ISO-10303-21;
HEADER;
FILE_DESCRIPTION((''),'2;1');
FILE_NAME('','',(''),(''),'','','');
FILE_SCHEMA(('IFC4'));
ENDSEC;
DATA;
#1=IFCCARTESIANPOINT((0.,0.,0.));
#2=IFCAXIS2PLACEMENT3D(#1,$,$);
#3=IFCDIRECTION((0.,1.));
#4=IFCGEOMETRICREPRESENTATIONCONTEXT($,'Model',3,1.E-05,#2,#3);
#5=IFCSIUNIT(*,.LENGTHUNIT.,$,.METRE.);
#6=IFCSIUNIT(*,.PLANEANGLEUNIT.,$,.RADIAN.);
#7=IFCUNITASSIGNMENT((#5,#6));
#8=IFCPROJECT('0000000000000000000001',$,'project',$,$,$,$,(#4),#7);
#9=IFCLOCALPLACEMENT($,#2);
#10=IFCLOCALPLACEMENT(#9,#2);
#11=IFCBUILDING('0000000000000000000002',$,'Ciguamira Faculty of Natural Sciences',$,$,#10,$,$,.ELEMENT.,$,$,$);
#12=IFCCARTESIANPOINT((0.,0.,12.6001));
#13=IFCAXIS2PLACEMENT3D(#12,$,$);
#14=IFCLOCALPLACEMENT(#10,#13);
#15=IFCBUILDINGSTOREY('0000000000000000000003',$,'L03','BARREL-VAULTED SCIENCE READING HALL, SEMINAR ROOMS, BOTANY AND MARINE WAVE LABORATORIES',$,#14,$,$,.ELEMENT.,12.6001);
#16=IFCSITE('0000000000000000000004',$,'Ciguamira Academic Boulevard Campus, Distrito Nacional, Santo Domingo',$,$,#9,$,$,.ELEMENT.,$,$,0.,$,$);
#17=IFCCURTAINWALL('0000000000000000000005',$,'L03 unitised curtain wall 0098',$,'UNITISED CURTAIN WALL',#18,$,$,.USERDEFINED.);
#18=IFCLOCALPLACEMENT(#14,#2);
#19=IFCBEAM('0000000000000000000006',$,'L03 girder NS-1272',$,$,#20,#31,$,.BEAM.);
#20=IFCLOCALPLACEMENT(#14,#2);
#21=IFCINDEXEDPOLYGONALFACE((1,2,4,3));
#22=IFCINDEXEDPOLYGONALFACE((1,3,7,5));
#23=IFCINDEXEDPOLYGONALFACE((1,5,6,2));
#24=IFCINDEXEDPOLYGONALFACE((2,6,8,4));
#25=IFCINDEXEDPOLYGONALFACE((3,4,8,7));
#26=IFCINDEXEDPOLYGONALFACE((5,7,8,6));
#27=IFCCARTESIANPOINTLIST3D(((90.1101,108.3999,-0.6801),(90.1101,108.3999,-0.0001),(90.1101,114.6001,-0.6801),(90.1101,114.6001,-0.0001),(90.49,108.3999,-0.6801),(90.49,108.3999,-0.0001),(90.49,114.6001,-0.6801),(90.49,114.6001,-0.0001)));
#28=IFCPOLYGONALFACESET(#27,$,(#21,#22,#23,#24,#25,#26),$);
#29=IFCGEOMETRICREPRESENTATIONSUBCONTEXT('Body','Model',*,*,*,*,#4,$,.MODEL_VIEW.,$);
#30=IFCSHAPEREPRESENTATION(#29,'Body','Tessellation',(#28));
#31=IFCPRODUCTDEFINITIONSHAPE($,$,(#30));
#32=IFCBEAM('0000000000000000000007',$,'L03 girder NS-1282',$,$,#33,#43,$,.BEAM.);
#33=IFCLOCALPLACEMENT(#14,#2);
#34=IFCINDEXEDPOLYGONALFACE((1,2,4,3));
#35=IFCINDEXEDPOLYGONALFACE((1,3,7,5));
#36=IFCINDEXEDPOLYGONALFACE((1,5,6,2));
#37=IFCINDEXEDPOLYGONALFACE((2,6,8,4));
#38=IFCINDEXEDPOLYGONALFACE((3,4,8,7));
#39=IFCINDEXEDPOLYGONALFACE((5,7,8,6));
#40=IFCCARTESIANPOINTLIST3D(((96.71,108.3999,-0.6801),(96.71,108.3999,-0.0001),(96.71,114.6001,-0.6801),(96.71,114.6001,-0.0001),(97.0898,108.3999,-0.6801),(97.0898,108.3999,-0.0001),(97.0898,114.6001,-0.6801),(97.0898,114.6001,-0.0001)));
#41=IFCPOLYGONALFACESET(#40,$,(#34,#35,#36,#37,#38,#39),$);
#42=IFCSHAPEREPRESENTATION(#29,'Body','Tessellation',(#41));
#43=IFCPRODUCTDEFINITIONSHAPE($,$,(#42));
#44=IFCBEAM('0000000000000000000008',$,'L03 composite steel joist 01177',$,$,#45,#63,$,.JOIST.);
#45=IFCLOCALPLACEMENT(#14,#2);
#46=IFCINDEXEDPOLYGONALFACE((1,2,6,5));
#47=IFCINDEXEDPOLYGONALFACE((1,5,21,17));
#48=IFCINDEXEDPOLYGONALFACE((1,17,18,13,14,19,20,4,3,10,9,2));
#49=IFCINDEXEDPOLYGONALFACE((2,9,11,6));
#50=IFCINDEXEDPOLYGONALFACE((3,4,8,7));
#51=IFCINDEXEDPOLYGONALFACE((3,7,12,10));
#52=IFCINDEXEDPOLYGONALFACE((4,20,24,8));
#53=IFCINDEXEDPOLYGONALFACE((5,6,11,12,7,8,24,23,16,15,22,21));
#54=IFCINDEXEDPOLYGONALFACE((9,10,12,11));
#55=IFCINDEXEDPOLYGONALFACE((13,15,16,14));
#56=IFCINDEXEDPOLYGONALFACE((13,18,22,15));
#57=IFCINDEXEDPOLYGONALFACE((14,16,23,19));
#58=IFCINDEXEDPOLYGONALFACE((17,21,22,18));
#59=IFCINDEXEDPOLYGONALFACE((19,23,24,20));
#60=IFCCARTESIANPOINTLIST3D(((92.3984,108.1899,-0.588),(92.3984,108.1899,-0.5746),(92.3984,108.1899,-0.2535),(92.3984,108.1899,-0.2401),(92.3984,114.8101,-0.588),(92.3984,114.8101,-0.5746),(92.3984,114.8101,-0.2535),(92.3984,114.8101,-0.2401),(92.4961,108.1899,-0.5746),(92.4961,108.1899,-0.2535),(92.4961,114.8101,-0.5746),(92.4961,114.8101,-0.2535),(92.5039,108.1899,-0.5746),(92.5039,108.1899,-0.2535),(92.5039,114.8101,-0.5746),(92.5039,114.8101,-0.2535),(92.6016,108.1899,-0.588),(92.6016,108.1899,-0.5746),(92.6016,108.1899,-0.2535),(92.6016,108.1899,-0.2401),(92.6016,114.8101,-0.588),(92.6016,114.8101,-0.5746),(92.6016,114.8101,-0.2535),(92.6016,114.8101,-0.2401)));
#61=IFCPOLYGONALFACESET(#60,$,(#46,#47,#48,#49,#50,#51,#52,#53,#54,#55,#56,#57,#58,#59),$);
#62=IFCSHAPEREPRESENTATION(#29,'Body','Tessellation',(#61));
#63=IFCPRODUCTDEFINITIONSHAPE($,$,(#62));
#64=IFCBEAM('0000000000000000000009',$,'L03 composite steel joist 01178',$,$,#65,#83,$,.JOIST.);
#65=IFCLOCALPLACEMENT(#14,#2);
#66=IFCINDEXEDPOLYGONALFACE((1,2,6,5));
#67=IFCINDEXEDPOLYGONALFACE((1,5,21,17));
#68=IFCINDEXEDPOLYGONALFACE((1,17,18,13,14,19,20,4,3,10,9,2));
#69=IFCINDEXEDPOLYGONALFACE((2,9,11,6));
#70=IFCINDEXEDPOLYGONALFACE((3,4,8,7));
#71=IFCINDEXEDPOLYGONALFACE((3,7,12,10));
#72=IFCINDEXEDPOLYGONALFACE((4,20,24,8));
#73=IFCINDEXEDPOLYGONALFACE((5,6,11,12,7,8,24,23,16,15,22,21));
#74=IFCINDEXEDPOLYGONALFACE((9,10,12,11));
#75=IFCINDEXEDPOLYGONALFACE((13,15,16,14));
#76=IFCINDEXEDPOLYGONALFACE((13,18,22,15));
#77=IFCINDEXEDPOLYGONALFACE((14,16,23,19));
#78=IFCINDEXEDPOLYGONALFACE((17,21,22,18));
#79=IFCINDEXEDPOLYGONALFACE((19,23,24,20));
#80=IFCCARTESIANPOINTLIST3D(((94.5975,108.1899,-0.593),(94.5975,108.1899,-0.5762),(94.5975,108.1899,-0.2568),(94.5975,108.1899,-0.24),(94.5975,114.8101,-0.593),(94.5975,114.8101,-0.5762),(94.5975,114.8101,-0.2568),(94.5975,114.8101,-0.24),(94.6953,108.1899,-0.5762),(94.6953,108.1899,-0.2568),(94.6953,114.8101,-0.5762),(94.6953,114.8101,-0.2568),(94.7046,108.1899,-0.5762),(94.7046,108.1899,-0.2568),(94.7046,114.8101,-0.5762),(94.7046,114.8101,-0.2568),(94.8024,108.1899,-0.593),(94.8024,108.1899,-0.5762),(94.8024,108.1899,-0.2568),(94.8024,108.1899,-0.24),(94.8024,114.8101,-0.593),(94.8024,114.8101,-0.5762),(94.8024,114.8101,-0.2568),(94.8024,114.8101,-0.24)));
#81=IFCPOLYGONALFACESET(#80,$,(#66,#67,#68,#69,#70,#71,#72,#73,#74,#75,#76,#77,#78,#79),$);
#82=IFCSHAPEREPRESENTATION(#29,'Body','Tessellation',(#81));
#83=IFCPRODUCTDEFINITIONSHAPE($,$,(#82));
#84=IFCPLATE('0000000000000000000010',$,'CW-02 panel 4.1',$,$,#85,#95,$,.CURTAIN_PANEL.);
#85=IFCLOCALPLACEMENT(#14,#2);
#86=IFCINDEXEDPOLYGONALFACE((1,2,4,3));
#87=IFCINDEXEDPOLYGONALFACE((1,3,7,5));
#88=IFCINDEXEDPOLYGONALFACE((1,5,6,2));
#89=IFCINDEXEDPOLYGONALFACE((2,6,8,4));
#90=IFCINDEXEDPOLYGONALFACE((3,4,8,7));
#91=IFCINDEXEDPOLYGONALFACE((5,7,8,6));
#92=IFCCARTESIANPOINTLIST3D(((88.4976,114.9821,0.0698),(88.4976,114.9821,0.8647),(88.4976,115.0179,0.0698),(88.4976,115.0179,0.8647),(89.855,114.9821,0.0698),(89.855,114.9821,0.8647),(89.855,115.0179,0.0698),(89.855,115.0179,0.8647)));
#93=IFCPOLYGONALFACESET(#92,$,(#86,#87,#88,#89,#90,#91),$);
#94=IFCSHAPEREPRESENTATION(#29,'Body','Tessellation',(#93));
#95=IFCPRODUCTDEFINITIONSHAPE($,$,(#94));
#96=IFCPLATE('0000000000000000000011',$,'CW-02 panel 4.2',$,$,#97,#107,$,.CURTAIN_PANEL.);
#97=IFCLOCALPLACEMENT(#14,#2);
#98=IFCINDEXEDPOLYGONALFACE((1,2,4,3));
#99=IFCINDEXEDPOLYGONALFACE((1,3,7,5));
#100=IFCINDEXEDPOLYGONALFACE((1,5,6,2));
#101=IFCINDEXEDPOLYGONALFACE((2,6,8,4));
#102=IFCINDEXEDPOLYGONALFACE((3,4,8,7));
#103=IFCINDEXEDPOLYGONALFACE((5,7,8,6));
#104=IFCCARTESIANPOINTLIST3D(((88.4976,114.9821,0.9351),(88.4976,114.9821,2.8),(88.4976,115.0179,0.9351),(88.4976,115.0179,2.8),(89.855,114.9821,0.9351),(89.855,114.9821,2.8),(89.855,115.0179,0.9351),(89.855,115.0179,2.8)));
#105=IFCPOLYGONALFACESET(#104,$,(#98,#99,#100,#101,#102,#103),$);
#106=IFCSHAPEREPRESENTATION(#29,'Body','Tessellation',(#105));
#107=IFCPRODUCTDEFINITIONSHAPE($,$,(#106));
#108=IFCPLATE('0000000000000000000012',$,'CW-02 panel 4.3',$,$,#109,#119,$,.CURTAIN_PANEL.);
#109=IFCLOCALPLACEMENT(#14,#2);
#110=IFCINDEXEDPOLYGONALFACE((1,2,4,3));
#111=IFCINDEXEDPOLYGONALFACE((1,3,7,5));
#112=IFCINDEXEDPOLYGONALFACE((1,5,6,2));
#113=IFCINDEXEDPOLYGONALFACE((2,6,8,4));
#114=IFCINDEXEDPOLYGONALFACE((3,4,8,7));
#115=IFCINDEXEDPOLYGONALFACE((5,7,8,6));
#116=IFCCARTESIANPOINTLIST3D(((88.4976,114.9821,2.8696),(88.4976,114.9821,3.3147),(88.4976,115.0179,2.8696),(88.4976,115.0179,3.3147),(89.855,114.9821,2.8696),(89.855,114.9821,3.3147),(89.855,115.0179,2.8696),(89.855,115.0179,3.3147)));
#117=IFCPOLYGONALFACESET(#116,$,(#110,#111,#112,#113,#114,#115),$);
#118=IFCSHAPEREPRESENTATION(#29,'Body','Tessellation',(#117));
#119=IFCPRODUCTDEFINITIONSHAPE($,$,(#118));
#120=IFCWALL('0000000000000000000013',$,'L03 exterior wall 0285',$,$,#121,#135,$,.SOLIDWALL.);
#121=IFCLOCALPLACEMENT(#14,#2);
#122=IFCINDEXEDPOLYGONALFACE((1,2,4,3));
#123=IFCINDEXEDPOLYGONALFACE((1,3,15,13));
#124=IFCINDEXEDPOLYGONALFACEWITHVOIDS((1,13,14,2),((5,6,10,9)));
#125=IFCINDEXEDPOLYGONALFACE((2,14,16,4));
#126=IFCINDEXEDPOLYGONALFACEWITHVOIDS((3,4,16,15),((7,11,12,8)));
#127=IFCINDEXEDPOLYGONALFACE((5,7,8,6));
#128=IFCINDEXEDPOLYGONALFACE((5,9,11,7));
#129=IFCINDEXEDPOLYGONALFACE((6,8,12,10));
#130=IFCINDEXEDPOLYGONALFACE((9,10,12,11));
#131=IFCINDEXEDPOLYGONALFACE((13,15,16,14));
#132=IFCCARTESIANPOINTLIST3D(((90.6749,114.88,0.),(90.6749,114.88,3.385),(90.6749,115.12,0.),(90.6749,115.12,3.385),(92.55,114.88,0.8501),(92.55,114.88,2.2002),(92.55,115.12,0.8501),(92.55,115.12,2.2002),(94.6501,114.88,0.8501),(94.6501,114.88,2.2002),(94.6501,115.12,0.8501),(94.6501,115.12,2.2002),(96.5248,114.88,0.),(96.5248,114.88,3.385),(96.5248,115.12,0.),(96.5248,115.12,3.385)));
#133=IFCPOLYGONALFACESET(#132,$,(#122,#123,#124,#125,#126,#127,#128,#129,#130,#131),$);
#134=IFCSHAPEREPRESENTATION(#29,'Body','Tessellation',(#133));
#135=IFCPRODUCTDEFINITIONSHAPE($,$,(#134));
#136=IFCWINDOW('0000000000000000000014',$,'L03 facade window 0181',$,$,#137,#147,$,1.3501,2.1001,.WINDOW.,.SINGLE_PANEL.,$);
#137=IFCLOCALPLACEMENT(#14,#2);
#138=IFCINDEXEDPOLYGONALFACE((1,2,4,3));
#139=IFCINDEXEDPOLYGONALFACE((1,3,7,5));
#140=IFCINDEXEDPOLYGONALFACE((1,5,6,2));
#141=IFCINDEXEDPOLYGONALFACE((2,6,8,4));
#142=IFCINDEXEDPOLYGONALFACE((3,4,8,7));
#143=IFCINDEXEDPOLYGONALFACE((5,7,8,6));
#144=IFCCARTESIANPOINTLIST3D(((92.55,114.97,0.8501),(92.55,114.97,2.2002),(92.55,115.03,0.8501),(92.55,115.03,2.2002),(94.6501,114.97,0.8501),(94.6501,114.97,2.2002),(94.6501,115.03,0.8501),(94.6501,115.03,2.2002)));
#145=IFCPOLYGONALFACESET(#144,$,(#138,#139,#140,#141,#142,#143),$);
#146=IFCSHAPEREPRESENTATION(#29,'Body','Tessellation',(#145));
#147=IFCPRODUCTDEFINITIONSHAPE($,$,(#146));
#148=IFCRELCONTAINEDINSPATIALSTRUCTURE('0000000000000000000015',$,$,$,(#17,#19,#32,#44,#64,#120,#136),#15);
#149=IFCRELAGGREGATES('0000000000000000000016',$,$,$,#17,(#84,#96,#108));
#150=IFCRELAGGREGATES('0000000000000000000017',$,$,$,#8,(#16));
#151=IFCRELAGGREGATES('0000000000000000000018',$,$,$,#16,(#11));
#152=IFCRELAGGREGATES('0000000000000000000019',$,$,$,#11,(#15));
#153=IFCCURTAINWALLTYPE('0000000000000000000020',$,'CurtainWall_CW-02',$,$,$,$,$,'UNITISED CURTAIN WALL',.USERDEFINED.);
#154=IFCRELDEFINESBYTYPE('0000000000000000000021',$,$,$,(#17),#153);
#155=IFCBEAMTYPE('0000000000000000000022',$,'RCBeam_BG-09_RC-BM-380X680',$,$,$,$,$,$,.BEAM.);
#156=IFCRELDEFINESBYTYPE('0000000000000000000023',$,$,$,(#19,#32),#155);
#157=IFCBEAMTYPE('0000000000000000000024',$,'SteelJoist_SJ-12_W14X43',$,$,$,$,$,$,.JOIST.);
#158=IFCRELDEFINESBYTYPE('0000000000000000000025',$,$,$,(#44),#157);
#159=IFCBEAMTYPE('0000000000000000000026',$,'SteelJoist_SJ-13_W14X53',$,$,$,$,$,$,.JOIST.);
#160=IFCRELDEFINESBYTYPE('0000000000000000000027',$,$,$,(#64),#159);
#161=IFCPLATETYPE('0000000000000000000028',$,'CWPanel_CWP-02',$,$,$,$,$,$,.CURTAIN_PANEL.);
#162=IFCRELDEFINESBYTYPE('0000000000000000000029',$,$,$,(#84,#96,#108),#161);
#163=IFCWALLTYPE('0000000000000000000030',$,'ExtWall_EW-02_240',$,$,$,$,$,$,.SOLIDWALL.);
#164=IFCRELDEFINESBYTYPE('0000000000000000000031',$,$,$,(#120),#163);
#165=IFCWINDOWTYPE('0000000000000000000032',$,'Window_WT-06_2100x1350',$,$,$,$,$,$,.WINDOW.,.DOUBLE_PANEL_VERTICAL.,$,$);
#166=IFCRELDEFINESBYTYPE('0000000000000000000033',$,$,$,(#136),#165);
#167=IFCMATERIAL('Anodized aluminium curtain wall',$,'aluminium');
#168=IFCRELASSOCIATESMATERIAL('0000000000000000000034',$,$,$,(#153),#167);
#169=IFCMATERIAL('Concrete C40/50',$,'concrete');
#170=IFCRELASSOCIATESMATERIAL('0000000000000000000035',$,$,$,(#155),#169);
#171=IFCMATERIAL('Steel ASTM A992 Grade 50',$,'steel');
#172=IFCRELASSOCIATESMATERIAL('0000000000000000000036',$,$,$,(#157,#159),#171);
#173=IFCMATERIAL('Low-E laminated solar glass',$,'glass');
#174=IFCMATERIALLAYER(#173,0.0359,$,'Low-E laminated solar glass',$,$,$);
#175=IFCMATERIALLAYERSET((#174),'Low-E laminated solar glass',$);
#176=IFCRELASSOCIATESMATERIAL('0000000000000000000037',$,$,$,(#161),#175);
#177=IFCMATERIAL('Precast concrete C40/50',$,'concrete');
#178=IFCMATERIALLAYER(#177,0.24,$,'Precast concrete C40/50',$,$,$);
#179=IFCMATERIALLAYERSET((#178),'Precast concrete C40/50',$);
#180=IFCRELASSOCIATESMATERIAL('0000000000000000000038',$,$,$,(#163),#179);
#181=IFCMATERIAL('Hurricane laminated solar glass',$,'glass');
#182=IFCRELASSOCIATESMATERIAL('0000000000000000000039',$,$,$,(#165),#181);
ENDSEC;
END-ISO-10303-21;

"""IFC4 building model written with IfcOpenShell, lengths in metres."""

from ifc_helpers import new_model, si_unit, direction, frame, frame_2d, origin, origin_2d, place, context, subcontext, project, spatial, rectangle, i_section, extrude, material, layer, layer_set, material_profile, profile_set, type_object, element, fill, aggregate, save


model = new_model("IFC4")

# Units and contexts
model_context = context("Model", 3, precision=1e-05, world=origin(), true_north=direction((0.0, 1.0)))
body_context = subcontext(model_context, "Body", "Model", "MODEL_VIEW")
ifc_project = project(units=[si_unit("LENGTHUNIT", "METRE"), si_unit("PLANEANGLEUNIT", "RADIAN")], contexts=[model_context])

# Site, building, storey
site_placement = place(None, origin())
site = spatial("IfcSite", under=ifc_project, at=site_placement, Name="Ciguamira Academic Boulevard Campus, Distrito Nacional, Santo Domingo", CompositionType="ELEMENT", RefElevation=0.0)
building_placement = place(site_placement, origin())
building = spatial("IfcBuilding", under=site, at=building_placement, Name="Ciguamira Faculty of Natural Sciences", CompositionType="ELEMENT")
storey_placement = place(building_placement, frame((0.0, 0.0, 12.6001)))
storey = spatial("IfcBuildingStorey", under=building, at=storey_placement, Name="L03", Description="BARREL-VAULTED SCIENCE READING HALL, SEMINAR ROOMS, BOTANY AND MARINE WAVE LABORATORIES", CompositionType="ELEMENT", Elevation=12.6001)

# Curtain wall
ifc_material_1 = material(Name="Anodized aluminium curtain wall", Category="aluminium")
curtain_wall_type_1 = type_object("IfcCurtainWallType", Name="CurtainWall_CW-02", ElementType="UNITISED CURTAIN WALL", PredefinedType="USERDEFINED", material=ifc_material_1)
curtain_wall_1_placement = place(storey_placement, origin())
curtain_wall_1 = element("IfcCurtainWall", 1, at=curtain_wall_1_placement, inside=storey, type_object=curtain_wall_type_1, Name="L03 unitised curtain wall 0098", ObjectType="UNITISED CURTAIN WALL", PredefinedType="USERDEFINED")

# Beams
ifc_material_2 = material(Name="Concrete C40/50", Category="concrete")
ifc_material_profile_1 = material_profile(ifc_material_2, rectangle(XDim=0.3799, YDim=0.6799, at=origin_2d()), Name="RC-BM-380X680")
ifc_profile_set_1 = profile_set([ifc_material_profile_1], Name="Concrete C40/50")
beam_type_1 = type_object("IfcBeamType", Name="RCBeam_BG-09_RC-BM-380X680", PredefinedType="BEAM", material=ifc_profile_set_1)
for number, where, z_axis, x_axis, name in (
    (2, (90.3, 108.3999, -0.3401), (0.0, 1.0, 0.0), (-1.0, 0.0, 0.0), "L03 girder NS-1272"),
    (3, (96.8999, 108.3999, -0.3401), (0.0, 1.0, 0.0), (-1.0, 0.0, 0.0), "L03 girder NS-1282"),
):
    element("IfcBeam", number, at=place(storey_placement, frame(where, z_axis=z_axis, x_axis=x_axis)), inside=storey, type_object=beam_type_1, Name=name, PredefinedType="BEAM", context=body_context, shape_type="SweptSolid", body=[
        extrude(rectangle(XDim=0.3799, YDim=0.6799, at=origin_2d()), origin(), (0.0, 0.0, 1.0), 6.2002),
    ])
ifc_material_3 = material(Name="Steel ASTM A992 Grade 50", Category="steel")
ifc_material_profile_2 = material_profile(ifc_material_3, i_section(OverallWidth=0.2031, OverallDepth=0.3479, WebThickness=0.0078, FlangeThickness=0.0134, at=origin_2d()), Name="W14X43")
ifc_profile_set_2 = profile_set([ifc_material_profile_2], Name="Steel ASTM A992 Grade 50")
beam_type_2 = type_object("IfcBeamType", Name="SteelJoist_SJ-12_W14X43", PredefinedType="JOIST", material=ifc_profile_set_2)
beam_1_placement = place(storey_placement, frame((92.5, 108.1899, -0.4141), z_axis=(0.0, 1.0, 0.0), x_axis=(-1.0, 0.0, 0.0)))
element("IfcBeam", 4, at=beam_1_placement, inside=storey, type_object=beam_type_2, Name="L03 composite steel joist 01177", PredefinedType="JOIST", context=body_context, shape_type="SweptSolid", body=[
    extrude(i_section(OverallWidth=0.2031, OverallDepth=0.3479, WebThickness=0.0078, FlangeThickness=0.0134, at=origin_2d()), origin(), (0.0, 0.0, 1.0), 6.6201),
])
ifc_material_profile_3 = material_profile(ifc_material_3, i_section(OverallWidth=0.2048, OverallDepth=0.353, WebThickness=0.0093, FlangeThickness=0.0168, at=origin_2d()), Name="W14X53")
ifc_profile_set_3 = profile_set([ifc_material_profile_3], Name="Steel ASTM A992 Grade 50")
beam_type_3 = type_object("IfcBeamType", Name="SteelJoist_SJ-13_W14X53", PredefinedType="JOIST", material=ifc_profile_set_3)
beam_2_placement = place(storey_placement, frame((94.7, 108.1899, -0.4165), z_axis=(0.0, 1.0, 0.0), x_axis=(-1.0, 0.0, 0.0)))
element("IfcBeam", 5, at=beam_2_placement, inside=storey, type_object=beam_type_3, Name="L03 composite steel joist 01178", PredefinedType="JOIST", context=body_context, shape_type="SweptSolid", body=[
    extrude(i_section(OverallWidth=0.2048, OverallDepth=0.353, WebThickness=0.0093, FlangeThickness=0.0168, at=origin_2d()), origin(), (0.0, 0.0, 1.0), 6.6201),
])

# Plates
ifc_material_4 = material(Name="Low-E laminated solar glass", Category="glass")
ifc_layer_1 = layer(ifc_material_4, 0.0359, Name="Low-E laminated solar glass")
ifc_layer_set_1 = layer_set([ifc_layer_1], Name="Low-E laminated solar glass")
plate_type = type_object("IfcPlateType", Name="CWPanel_CWP-02", PredefinedType="CURTAIN_PANEL", material=ifc_layer_set_1)
plate_1_placement = place(storey_placement, frame((89.1763, 115.0, 0.0698), z_axis=(0.0, 0.0, 1.0), x_axis=(1.0, 0.0, 0.0)))
plate_1 = element("IfcPlate", 6, at=plate_1_placement, type_object=plate_type, Name="CW-02 panel 4.1", PredefinedType="CURTAIN_PANEL", context=body_context, shape_type="SweptSolid", body=[
    extrude(rectangle(XDim=1.3574, YDim=0.0359, at=origin_2d()), origin(), (0.0, 0.0, 1.0), 0.7949),
])
plate_2_placement = place(storey_placement, frame((89.1763, 115.0, 0.9351), z_axis=(0.0, 0.0, 1.0), x_axis=(1.0, 0.0, 0.0)))
plate_2 = element("IfcPlate", 7, at=plate_2_placement, type_object=plate_type, Name="CW-02 panel 4.2", PredefinedType="CURTAIN_PANEL", context=body_context, shape_type="SweptSolid", body=[
    extrude(rectangle(XDim=1.3574, YDim=0.0359, at=origin_2d()), origin(), (0.0, 0.0, 1.0), 1.865),
])
plate_3_placement = place(storey_placement, frame((89.1763, 115.0, 2.8696), z_axis=(0.0, 0.0, 1.0), x_axis=(1.0, 0.0, 0.0)))
plate_3 = element("IfcPlate", 8, at=plate_3_placement, type_object=plate_type, Name="CW-02 panel 4.3", PredefinedType="CURTAIN_PANEL", context=body_context, shape_type="SweptSolid", body=[
    extrude(rectangle(XDim=1.3574, YDim=0.0359, at=origin_2d()), origin(), (0.0, 0.0, 1.0), 0.4451),
])
aggregate(curtain_wall_1, [plate_1, plate_2, plate_3])

# Wall, opening, window
ifc_material_5 = material(Name="Precast concrete C40/50", Category="concrete")
ifc_layer_2 = layer(ifc_material_5, 0.24, Name="Precast concrete C40/50")
ifc_layer_set_2 = layer_set([ifc_layer_2], Name="Precast concrete C40/50")
wall_type = type_object("IfcWallType", Name="ExtWall_EW-02_240", PredefinedType="SOLIDWALL", material=ifc_layer_set_2)
wall_placement = place(storey_placement, frame((90.675, 115.0, 0.0), z_axis=(0.0, 0.0, 1.0), x_axis=(1.0, 0.0, 0.0)))
wall = element("IfcWall", 9, at=wall_placement, inside=storey, type_object=wall_type, Name="L03 exterior wall 0285", PredefinedType="SOLIDWALL", context=body_context, shape_type="SweptSolid", body=[
    extrude(rectangle(XDim=5.8499, YDim=0.24, at=frame_2d((2.9248, 0.0))), origin(), (0.0, 0.0, 1.0), 3.385),
])
opening_placement = place(wall_placement, frame((1.875, 0.0, 0.8501)))
opening = element("IfcOpeningElement", 10, at=opening_placement, cuts=wall, PredefinedType="OPENING", context=body_context, shape_type="SweptSolid", body=[
    extrude(rectangle(XDim=2.1001, YDim=1.3501, at=frame_2d((1.05, 0.675))), frame((0.0, 0.1299, 0.0), z_axis=(0.0, -1.0, 0.0), x_axis=(1.0, 0.0, 0.0)), (0.0, 0.0, 1.0), 0.26),
])
ifc_material_6 = material(Name="Hurricane laminated solar glass", Category="glass")
window_type = type_object("IfcWindowType", Name="Window_WT-06_2100x1350", PartitioningType="DOUBLE_PANEL_VERTICAL", PredefinedType="WINDOW", material=ifc_material_6)
window_placement = place(opening_placement, origin())
window = element("IfcWindow", 11, at=window_placement, inside=storey, type_object=window_type, Name="L03 facade window 0181", OverallHeight=1.3501, OverallWidth=2.1001, PartitioningType="SINGLE_PANEL", PredefinedType="WINDOW", context=body_context, shape_type="SweptSolid", body=[
    extrude(rectangle(XDim=2.1001, YDim=1.3501, at=frame_2d((1.05, 0.675))), frame((0.0, 0.03, 0.0), z_axis=(0.0, -1.0, 0.0), x_axis=(1.0, 0.0, 0.0)), (0.0, 0.0, 1.0), 0.0601),
])
fill(opening, window)

save(model, "model.ifc")
